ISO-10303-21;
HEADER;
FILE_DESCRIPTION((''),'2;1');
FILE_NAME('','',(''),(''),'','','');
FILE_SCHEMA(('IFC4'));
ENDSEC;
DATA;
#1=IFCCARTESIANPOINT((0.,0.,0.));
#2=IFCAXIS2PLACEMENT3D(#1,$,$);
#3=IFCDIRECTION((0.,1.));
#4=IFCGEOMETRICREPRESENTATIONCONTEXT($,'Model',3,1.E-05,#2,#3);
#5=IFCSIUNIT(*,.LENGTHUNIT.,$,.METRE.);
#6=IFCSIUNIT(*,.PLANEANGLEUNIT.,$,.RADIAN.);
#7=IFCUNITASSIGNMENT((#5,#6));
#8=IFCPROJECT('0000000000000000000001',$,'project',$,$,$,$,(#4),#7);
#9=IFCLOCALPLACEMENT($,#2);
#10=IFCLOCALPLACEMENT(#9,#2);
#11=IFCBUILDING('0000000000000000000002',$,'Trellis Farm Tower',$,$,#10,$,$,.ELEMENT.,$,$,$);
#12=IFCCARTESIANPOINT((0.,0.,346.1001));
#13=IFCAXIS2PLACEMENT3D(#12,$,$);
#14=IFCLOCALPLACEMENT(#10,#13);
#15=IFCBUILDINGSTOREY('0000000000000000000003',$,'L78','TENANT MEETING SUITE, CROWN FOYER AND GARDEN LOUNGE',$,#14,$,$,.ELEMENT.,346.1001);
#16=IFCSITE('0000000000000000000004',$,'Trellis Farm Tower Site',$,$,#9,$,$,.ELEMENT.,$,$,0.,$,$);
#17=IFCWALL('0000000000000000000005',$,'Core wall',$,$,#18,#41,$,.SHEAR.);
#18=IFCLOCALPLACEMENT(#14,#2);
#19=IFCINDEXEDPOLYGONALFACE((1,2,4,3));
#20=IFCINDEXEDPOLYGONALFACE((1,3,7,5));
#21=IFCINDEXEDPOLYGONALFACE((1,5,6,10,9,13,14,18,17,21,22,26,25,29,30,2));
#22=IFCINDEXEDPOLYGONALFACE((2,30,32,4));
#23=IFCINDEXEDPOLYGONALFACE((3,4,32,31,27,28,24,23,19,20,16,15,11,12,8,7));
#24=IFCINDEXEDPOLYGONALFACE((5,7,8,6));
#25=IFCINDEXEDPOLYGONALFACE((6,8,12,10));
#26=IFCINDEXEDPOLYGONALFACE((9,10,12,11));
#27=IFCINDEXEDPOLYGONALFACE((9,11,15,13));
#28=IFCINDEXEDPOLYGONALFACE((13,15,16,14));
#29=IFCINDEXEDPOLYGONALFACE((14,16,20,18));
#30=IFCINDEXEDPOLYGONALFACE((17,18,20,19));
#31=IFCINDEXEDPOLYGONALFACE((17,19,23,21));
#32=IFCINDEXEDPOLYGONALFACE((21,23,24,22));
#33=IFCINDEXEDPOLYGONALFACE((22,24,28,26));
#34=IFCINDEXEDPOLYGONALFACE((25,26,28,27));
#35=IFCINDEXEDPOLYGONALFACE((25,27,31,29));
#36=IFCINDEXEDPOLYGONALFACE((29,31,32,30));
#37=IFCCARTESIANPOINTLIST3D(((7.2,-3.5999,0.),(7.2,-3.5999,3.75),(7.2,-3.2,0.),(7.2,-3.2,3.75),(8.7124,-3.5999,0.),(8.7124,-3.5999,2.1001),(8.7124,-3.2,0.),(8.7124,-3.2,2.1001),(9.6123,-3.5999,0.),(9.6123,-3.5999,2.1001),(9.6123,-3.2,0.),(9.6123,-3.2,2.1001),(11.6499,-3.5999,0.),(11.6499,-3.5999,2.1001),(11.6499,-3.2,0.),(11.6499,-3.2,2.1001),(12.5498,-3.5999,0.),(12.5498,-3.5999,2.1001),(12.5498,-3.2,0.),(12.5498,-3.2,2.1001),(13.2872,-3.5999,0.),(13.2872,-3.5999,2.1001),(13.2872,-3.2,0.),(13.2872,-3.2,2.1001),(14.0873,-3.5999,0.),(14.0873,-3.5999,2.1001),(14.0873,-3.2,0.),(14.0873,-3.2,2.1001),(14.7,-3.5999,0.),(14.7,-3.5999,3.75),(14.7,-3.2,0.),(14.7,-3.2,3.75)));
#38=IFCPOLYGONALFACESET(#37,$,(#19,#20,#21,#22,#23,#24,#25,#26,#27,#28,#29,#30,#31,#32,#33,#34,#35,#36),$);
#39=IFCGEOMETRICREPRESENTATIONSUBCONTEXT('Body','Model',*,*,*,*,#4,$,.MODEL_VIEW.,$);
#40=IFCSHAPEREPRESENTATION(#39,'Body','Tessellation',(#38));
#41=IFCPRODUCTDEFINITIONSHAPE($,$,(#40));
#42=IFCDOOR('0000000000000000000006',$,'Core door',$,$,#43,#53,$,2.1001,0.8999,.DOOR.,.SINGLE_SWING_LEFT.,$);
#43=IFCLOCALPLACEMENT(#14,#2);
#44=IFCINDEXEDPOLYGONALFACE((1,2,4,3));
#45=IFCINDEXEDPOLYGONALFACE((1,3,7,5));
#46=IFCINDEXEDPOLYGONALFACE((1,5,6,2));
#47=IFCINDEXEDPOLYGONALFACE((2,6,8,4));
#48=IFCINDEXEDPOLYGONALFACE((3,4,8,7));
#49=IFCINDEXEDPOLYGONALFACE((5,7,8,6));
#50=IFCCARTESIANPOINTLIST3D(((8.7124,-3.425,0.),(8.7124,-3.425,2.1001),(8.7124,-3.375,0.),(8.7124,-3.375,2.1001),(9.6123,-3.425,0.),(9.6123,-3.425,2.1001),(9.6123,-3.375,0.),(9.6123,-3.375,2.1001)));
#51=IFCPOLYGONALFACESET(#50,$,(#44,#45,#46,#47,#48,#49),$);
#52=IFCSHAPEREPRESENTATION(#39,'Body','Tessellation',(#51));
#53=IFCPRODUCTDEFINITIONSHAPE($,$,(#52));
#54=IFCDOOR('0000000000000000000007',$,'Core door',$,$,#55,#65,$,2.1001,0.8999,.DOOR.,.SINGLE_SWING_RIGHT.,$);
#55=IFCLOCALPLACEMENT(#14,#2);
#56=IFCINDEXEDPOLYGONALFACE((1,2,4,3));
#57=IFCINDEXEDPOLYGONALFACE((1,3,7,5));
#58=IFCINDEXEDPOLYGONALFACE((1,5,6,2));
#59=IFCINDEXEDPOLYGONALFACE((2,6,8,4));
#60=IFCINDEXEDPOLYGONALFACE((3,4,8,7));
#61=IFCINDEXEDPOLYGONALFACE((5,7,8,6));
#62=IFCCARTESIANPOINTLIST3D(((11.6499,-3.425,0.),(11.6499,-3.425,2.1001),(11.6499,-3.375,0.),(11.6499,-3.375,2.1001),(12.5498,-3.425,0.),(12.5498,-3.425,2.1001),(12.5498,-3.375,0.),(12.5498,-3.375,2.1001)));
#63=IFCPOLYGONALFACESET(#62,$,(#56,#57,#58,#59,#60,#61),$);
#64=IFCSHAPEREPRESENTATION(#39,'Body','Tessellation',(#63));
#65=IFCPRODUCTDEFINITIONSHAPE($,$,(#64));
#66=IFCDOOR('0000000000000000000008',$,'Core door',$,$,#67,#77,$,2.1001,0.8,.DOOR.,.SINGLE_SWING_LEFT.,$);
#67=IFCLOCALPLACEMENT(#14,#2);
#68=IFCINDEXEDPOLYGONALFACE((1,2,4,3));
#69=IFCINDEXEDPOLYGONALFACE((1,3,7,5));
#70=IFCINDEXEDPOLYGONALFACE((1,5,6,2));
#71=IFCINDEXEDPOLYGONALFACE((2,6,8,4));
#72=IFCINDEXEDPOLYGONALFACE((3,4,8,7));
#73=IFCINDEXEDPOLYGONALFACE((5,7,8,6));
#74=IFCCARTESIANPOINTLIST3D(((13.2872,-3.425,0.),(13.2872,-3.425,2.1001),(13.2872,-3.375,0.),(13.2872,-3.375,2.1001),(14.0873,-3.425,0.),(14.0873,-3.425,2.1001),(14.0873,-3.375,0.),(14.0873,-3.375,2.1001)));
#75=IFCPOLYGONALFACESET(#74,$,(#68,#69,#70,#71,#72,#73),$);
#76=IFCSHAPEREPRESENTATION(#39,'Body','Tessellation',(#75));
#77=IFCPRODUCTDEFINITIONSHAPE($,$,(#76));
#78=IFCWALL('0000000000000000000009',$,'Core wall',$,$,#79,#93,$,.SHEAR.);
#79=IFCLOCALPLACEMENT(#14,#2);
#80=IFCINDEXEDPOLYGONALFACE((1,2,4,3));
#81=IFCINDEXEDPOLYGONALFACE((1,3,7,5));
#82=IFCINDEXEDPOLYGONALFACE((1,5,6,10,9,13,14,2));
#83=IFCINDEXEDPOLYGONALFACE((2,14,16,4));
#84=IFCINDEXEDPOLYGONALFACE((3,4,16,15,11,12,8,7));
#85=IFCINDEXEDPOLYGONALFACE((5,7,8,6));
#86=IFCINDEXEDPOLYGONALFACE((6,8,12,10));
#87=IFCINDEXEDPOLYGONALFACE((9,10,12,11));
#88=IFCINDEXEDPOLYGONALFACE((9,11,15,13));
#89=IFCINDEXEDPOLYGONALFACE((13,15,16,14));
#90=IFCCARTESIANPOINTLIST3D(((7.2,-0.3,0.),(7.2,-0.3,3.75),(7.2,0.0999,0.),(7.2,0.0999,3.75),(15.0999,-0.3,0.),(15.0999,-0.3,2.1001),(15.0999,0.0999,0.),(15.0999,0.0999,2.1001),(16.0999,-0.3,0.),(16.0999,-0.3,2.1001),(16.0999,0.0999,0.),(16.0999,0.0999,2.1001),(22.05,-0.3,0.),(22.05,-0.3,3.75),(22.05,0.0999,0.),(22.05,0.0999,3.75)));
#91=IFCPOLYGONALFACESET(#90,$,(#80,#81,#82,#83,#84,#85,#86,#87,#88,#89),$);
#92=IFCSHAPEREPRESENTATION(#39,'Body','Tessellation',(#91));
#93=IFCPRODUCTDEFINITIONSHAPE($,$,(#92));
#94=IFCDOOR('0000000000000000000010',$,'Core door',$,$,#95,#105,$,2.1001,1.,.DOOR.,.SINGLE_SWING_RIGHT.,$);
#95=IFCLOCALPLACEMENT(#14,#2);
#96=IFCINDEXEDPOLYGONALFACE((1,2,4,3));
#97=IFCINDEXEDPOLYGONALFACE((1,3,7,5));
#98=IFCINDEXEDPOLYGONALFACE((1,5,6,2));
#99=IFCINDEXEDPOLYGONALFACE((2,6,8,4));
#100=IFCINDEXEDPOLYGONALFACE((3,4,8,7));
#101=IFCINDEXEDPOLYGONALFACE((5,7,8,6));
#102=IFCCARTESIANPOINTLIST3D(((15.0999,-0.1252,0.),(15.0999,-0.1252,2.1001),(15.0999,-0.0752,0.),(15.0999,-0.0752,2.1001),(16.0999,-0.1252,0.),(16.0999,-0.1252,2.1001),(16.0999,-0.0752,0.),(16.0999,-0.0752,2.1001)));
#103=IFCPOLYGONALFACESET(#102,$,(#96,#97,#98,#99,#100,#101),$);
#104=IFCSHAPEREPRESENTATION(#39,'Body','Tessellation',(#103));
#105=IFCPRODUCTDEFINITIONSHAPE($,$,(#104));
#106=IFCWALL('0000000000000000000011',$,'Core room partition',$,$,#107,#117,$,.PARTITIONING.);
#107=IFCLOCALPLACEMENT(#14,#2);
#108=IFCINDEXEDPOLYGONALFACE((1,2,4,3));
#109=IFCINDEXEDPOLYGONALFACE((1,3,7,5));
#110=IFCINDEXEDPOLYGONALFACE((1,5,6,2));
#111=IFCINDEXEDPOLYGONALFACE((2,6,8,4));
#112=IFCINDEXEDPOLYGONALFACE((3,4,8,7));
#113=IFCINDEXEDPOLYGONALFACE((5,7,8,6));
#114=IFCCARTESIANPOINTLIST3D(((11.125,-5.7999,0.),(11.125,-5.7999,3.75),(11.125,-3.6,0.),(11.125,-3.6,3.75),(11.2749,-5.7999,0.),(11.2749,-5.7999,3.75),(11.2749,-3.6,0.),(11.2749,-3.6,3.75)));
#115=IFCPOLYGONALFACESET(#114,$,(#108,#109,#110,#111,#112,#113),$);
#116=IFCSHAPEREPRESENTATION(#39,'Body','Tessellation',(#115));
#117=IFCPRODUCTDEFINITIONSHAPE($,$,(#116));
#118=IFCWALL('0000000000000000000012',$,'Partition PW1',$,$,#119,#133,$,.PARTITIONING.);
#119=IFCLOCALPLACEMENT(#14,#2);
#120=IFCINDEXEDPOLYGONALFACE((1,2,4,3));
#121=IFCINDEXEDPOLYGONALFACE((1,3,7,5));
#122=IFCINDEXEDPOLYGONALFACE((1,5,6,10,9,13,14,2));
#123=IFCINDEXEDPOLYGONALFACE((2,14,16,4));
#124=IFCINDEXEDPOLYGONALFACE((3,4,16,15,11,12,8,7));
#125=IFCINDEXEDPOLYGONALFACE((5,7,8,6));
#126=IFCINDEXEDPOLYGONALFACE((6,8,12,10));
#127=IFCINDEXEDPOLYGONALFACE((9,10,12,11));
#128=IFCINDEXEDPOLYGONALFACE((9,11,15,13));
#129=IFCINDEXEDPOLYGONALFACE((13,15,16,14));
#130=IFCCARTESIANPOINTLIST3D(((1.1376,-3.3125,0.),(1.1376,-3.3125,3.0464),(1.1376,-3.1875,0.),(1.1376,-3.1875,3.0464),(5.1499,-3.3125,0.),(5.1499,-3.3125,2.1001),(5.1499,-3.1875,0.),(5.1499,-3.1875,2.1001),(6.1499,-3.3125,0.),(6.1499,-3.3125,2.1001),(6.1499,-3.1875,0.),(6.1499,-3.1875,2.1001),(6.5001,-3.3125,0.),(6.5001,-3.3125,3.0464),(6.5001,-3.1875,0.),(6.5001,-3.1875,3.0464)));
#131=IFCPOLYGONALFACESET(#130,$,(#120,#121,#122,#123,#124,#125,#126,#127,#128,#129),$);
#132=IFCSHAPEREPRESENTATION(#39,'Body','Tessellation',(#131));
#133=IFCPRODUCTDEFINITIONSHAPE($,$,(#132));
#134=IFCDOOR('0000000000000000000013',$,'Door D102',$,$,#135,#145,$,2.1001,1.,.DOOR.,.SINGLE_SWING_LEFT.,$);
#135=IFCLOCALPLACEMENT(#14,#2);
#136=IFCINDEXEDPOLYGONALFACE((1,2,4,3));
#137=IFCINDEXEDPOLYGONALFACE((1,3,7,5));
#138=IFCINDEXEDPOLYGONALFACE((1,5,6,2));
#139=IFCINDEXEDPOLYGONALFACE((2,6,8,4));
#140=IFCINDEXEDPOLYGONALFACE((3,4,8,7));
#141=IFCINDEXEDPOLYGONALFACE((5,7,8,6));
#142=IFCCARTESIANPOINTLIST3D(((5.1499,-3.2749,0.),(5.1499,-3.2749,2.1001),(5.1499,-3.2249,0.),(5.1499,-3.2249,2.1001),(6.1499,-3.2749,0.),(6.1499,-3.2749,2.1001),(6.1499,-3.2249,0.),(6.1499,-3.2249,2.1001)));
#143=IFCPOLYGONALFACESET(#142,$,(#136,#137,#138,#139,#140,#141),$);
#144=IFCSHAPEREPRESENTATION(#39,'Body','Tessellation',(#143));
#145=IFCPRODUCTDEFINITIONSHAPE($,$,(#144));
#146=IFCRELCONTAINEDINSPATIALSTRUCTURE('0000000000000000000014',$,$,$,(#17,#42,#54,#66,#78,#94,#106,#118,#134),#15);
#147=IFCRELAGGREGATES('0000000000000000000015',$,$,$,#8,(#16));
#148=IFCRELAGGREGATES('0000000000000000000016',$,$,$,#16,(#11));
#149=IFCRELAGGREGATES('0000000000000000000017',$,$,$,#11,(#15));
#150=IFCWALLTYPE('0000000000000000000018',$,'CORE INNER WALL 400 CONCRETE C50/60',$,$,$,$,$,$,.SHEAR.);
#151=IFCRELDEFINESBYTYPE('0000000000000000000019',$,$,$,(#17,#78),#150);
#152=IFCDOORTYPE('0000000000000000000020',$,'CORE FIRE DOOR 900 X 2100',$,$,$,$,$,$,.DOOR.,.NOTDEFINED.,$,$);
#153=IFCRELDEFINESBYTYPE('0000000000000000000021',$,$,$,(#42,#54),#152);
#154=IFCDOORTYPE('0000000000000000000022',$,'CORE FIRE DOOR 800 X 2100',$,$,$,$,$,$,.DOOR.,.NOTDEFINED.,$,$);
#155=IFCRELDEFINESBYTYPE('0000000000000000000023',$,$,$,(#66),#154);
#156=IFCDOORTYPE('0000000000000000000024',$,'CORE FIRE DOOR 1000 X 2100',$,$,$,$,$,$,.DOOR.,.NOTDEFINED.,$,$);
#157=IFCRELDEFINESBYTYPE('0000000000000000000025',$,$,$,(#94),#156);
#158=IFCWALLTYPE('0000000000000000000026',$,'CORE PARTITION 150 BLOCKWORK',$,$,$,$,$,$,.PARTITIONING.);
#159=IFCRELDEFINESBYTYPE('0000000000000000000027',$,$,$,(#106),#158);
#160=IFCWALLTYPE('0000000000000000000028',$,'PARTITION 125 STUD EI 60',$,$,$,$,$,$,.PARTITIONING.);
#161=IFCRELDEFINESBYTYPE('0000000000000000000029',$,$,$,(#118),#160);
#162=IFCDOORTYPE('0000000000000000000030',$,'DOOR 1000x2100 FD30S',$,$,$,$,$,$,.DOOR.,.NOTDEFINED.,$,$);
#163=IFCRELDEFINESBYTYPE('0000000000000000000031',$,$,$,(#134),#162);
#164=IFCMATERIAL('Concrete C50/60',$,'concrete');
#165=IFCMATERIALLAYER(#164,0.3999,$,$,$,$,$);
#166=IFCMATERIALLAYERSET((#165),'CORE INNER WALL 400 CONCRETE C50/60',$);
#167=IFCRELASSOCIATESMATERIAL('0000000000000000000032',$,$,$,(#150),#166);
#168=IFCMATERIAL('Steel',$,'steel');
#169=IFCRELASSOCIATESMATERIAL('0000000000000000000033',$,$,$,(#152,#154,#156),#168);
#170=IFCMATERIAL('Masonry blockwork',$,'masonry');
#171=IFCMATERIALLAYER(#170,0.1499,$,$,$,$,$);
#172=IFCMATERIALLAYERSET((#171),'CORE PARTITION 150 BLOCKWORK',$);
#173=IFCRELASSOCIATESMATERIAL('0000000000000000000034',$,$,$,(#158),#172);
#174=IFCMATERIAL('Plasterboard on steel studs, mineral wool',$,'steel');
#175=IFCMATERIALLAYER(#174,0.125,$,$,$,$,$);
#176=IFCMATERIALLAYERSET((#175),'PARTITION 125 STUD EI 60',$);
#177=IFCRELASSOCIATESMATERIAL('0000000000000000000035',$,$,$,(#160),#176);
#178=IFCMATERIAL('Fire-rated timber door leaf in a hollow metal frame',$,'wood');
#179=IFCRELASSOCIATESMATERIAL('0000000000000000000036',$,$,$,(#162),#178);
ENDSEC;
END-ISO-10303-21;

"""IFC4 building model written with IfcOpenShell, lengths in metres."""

from ifc_helpers import new_model, si_unit, direction, frame, frame_2d, origin, place, context, subcontext, project, spatial, rectangle, extrude, source, transform, mapped, material, layer, layer_set, type_object, element, fill, save


model = new_model("IFC4")

# Units and contexts
model_context = context("Model", 3, precision=1e-05, world=origin(), true_north=direction((0.0, 1.0)))
body_context = subcontext(model_context, "Body", "Model", "MODEL_VIEW")
ifc_project = project(units=[si_unit("LENGTHUNIT", "METRE"), si_unit("PLANEANGLEUNIT", "RADIAN")], contexts=[model_context])

# Site, building, storey
site_placement = place(None, origin())
site = spatial("IfcSite", under=ifc_project, at=site_placement, Name="Trellis Farm Tower Site", CompositionType="ELEMENT", RefElevation=0.0)
building_placement = place(site_placement, origin())
building = spatial("IfcBuilding", under=site, at=building_placement, Name="Trellis Farm Tower", CompositionType="ELEMENT")
storey_placement = place(building_placement, frame((0.0, 0.0, 346.1001)))
storey = spatial("IfcBuildingStorey", under=building, at=storey_placement, Name="L78", Description="TENANT MEETING SUITE, CROWN FOYER AND GARDEN LOUNGE", CompositionType="ELEMENT", Elevation=346.1001)

# Shared definitions
ifc_material_1 = material(Name="Concrete C50/60", Category="concrete")

# Shared definitions
ifc_material_2 = material(Name="Steel", Category="steel")

# Wall, openings, doors
ifc_layer_1 = layer(ifc_material_1, 0.3999)
ifc_layer_set_1 = layer_set([ifc_layer_1], Name="CORE INNER WALL 400 CONCRETE C50/60")
wall_type_1 = type_object("IfcWallType", Name="CORE INNER WALL 400 CONCRETE C50/60", PredefinedType="SHEAR", material=ifc_layer_set_1)
shared_shape_1 = source(origin(), body_context, "Body", "SweptSolid", [
    extrude(rectangle(XDim=7.5, YDim=0.3999, at=frame_2d((3.75, 0.0))), origin(), (0.0, 0.0, 1.0), 3.75),
])
wall_1_placement = place(storey_placement, frame((7.2, -3.3999, 0.0), z_axis=(0.0, 0.0, 1.0), x_axis=(1.0, 0.0, 0.0)))
wall_1 = element("IfcWall", 1, at=wall_1_placement, inside=storey, type_object=wall_type_1, Name="Core wall", PredefinedType="SHEAR", context=body_context, shape_type="MappedRepresentation", body=[
    mapped(shared_shape_1, transform((0.0, 0.0, 0.0))),
])
shared_shape_2 = source(origin(), body_context, "Body", "SweptSolid", [
    extrude(rectangle(XDim=0.8999, YDim=2.1001, at=frame_2d((0.45, 1.05))), frame((0.0, 0.21, 0.0), z_axis=(0.0, -1.0, 0.0), x_axis=(1.0, 0.0, 0.0)), (0.0, 0.0, 1.0), 0.4199),
])
opening_1_placement = place(wall_1_placement, frame((1.5125, 0.0, 0.0)))
opening_1 = element("IfcOpeningElement", 2, at=opening_1_placement, cuts=wall_1, PredefinedType="OPENING", context=body_context, shape_type="MappedRepresentation", body=[
    mapped(shared_shape_2, transform((0.0, 0.0, 0.0))),
])
opening_2_placement = place(wall_1_placement, frame((4.45, 0.0, 0.0)))
opening_2 = element("IfcOpeningElement", 3, at=opening_2_placement, cuts=wall_1, PredefinedType="OPENING", context=body_context, shape_type="MappedRepresentation", body=[
    mapped(shared_shape_2, transform((0.0, 0.0, 0.0))),
])
shared_shape_3 = source(origin(), body_context, "Body", "SweptSolid", [
    extrude(rectangle(XDim=0.8, YDim=2.1001, at=frame_2d((0.3999, 1.05))), frame((0.0, 0.21, 0.0), z_axis=(0.0, -1.0, 0.0), x_axis=(1.0, 0.0, 0.0)), (0.0, 0.0, 1.0), 0.4199),
])
opening_3_placement = place(wall_1_placement, frame((6.0874, 0.0, 0.0)))
opening_3 = element("IfcOpeningElement", 4, at=opening_3_placement, cuts=wall_1, PredefinedType="OPENING", context=body_context, shape_type="MappedRepresentation", body=[
    mapped(shared_shape_3, transform((0.0, 0.0, 0.0))),
])
door_type_1 = type_object("IfcDoorType", Name="CORE FIRE DOOR 900 X 2100", OperationType="NOTDEFINED", PredefinedType="DOOR", material=ifc_material_2)
shared_shape_4 = source(origin(), body_context, "Body", "SweptSolid", [
    extrude(rectangle(XDim=0.8999, YDim=2.1001, at=frame_2d((0.45, 1.05))), frame((0.0, 0.0249, 0.0), z_axis=(0.0, -1.0, 0.0), x_axis=(1.0, 0.0, 0.0)), (0.0, 0.0, 1.0), 0.05),
])
door_1_placement = place(opening_1_placement, origin())
door_1 = element("IfcDoor", 5, at=door_1_placement, inside=storey, type_object=door_type_1, Name="Core door", OperationType="SINGLE_SWING_LEFT", OverallHeight=2.1001, OverallWidth=0.8999, PredefinedType="DOOR", context=body_context, shape_type="MappedRepresentation", body=[
    mapped(shared_shape_4, transform((0.0, 0.0, 0.0))),
])
fill(opening_1, door_1)
door_2_placement = place(opening_2_placement, origin())
door_2 = element("IfcDoor", 6, at=door_2_placement, inside=storey, type_object=door_type_1, Name="Core door", OperationType="SINGLE_SWING_RIGHT", OverallHeight=2.1001, OverallWidth=0.8999, PredefinedType="DOOR", context=body_context, shape_type="MappedRepresentation", body=[
    mapped(shared_shape_4, transform((0.0, 0.0, 0.0))),
])
fill(opening_2, door_2)
door_type_2 = type_object("IfcDoorType", Name="CORE FIRE DOOR 800 X 2100", OperationType="NOTDEFINED", PredefinedType="DOOR", material=ifc_material_2)
shared_shape_5 = source(origin(), body_context, "Body", "SweptSolid", [
    extrude(rectangle(XDim=0.8, YDim=2.1001, at=frame_2d((0.3999, 1.05))), frame((0.0, 0.0249, 0.0), z_axis=(0.0, -1.0, 0.0), x_axis=(1.0, 0.0, 0.0)), (0.0, 0.0, 1.0), 0.05),
])
door_3_placement = place(opening_3_placement, origin())
door_3 = element("IfcDoor", 7, at=door_3_placement, inside=storey, type_object=door_type_2, Name="Core door", OperationType="SINGLE_SWING_LEFT", OverallHeight=2.1001, OverallWidth=0.8, PredefinedType="DOOR", context=body_context, shape_type="MappedRepresentation", body=[
    mapped(shared_shape_5, transform((0.0, 0.0, 0.0))),
])
fill(opening_3, door_3)

# Wall, opening, door
shared_shape_6 = source(origin(), body_context, "Body", "SweptSolid", [
    extrude(rectangle(XDim=14.8501, YDim=0.3999, at=frame_2d((7.425, 0.0))), origin(), (0.0, 0.0, 1.0), 3.75),
])
wall_2_placement = place(storey_placement, frame((7.2, -0.1001, 0.0), z_axis=(0.0, 0.0, 1.0), x_axis=(1.0, 0.0, 0.0)))
wall_2 = element("IfcWall", 8, at=wall_2_placement, inside=storey, type_object=wall_type_1, Name="Core wall", PredefinedType="SHEAR", context=body_context, shape_type="MappedRepresentation", body=[
    mapped(shared_shape_6, transform((0.0, 0.0, 0.0))),
])
shared_shape_7 = source(origin(), body_context, "Body", "SweptSolid", [
    extrude(rectangle(XDim=1.0, YDim=2.1001, at=frame_2d((0.5, 1.05))), frame((0.0, 0.21, 0.0), z_axis=(0.0, -1.0, 0.0), x_axis=(1.0, 0.0, 0.0)), (0.0, 0.0, 1.0), 0.4199),
])
opening_4_placement = place(wall_2_placement, frame((7.8999, 0.0, 0.0)))
opening_4 = element("IfcOpeningElement", 9, at=opening_4_placement, cuts=wall_2, PredefinedType="OPENING", context=body_context, shape_type="MappedRepresentation", body=[
    mapped(shared_shape_7, transform((0.0, 0.0, 0.0))),
])
door_type_3 = type_object("IfcDoorType", Name="CORE FIRE DOOR 1000 X 2100", OperationType="NOTDEFINED", PredefinedType="DOOR", material=ifc_material_2)
shared_shape_8 = source(origin(), body_context, "Body", "SweptSolid", [
    extrude(rectangle(XDim=1.0, YDim=2.1001, at=frame_2d((0.5, 1.05))), frame((0.0, 0.0249, 0.0), z_axis=(0.0, -1.0, 0.0), x_axis=(1.0, 0.0, 0.0)), (0.0, 0.0, 1.0), 0.05),
])
door_4_placement = place(opening_4_placement, origin())
door_4 = element("IfcDoor", 10, at=door_4_placement, inside=storey, type_object=door_type_3, Name="Core door", OperationType="SINGLE_SWING_RIGHT", OverallHeight=2.1001, OverallWidth=1.0, PredefinedType="DOOR", context=body_context, shape_type="MappedRepresentation", body=[
    mapped(shared_shape_8, transform((0.0, 0.0, 0.0))),
])
fill(opening_4, door_4)

# Wall
ifc_material_3 = material(Name="Masonry blockwork", Category="masonry")
ifc_layer_2 = layer(ifc_material_3, 0.1499)
ifc_layer_set_2 = layer_set([ifc_layer_2], Name="CORE PARTITION 150 BLOCKWORK")
wall_type_2 = type_object("IfcWallType", Name="CORE PARTITION 150 BLOCKWORK", PredefinedType="PARTITIONING", material=ifc_layer_set_2)
shared_shape_9 = source(origin(), body_context, "Body", "SweptSolid", [
    extrude(rectangle(XDim=2.2, YDim=0.1499, at=frame_2d((1.1001, 0.0))), origin(), (0.0, 0.0, 1.0), 3.75),
])
wall_3_placement = place(storey_placement, frame((11.2, -5.8, 0.0), z_axis=(0.0, 0.0, 1.0), x_axis=(0.0, 1.0, 0.0)))
element("IfcWall", 11, at=wall_3_placement, inside=storey, type_object=wall_type_2, Name="Core room partition", PredefinedType="PARTITIONING", context=body_context, shape_type="MappedRepresentation", body=[
    mapped(shared_shape_9, transform((0.0, 0.0, 0.0))),
])

# Wall, opening, door
ifc_material_4 = material(Name="Plasterboard on steel studs, mineral wool", Category="steel")
ifc_layer_3 = layer(ifc_material_4, 0.125)
ifc_layer_set_3 = layer_set([ifc_layer_3], Name="PARTITION 125 STUD EI 60")
wall_type_3 = type_object("IfcWallType", Name="PARTITION 125 STUD EI 60", PredefinedType="PARTITIONING", material=ifc_layer_set_3)
shared_shape_10 = source(origin(), body_context, "Body", "SweptSolid", [
    extrude(rectangle(XDim=5.3625, YDim=0.125, at=frame_2d((2.6812, 0.0))), origin(), (0.0, 0.0, 1.0), 3.0464),
])
wall_4_placement = place(storey_placement, frame((6.5, -3.25, 0.0), z_axis=(0.0, 0.0, 1.0), x_axis=(-1.0, 0.0, 0.0)))
wall_4 = element("IfcWall", 12, at=wall_4_placement, inside=storey, type_object=wall_type_3, Name="Partition PW1", PredefinedType="PARTITIONING", context=body_context, shape_type="MappedRepresentation", body=[
    mapped(shared_shape_10, transform((0.0, 0.0, 0.0))),
])
shared_shape_11 = source(origin(), body_context, "Body", "SweptSolid", [
    extrude(rectangle(XDim=1.0, YDim=2.1001, at=frame_2d((0.5, 1.05))), frame((0.0, 0.0725, 0.0), z_axis=(0.0, -1.0, 0.0), x_axis=(1.0, 0.0, 0.0)), (0.0, 0.0, 1.0), 0.145),
])
opening_5_placement = place(wall_4_placement, frame((0.3501, 0.0, 0.0)))
opening_5 = element("IfcOpeningElement", 13, at=opening_5_placement, cuts=wall_4, PredefinedType="OPENING", context=body_context, shape_type="MappedRepresentation", body=[
    mapped(shared_shape_11, transform((0.0, 0.0, 0.0))),
])
ifc_material_5 = material(Name="Fire-rated timber door leaf in a hollow metal frame", Category="wood")
door_type_4 = type_object("IfcDoorType", Name="DOOR 1000x2100 FD30S", OperationType="NOTDEFINED", PredefinedType="DOOR", material=ifc_material_5)
door_5_placement = place(opening_5_placement, origin())
door_5 = element("IfcDoor", 14, at=door_5_placement, inside=storey, type_object=door_type_4, Name="Door D102", OperationType="SINGLE_SWING_LEFT", OverallHeight=2.1001, OverallWidth=1.0, PredefinedType="DOOR", context=body_context, shape_type="MappedRepresentation", body=[
    mapped(shared_shape_8, transform((0.0, 0.0, 0.0))),
])
fill(opening_5, door_5)

save(model, "model.ifc")
